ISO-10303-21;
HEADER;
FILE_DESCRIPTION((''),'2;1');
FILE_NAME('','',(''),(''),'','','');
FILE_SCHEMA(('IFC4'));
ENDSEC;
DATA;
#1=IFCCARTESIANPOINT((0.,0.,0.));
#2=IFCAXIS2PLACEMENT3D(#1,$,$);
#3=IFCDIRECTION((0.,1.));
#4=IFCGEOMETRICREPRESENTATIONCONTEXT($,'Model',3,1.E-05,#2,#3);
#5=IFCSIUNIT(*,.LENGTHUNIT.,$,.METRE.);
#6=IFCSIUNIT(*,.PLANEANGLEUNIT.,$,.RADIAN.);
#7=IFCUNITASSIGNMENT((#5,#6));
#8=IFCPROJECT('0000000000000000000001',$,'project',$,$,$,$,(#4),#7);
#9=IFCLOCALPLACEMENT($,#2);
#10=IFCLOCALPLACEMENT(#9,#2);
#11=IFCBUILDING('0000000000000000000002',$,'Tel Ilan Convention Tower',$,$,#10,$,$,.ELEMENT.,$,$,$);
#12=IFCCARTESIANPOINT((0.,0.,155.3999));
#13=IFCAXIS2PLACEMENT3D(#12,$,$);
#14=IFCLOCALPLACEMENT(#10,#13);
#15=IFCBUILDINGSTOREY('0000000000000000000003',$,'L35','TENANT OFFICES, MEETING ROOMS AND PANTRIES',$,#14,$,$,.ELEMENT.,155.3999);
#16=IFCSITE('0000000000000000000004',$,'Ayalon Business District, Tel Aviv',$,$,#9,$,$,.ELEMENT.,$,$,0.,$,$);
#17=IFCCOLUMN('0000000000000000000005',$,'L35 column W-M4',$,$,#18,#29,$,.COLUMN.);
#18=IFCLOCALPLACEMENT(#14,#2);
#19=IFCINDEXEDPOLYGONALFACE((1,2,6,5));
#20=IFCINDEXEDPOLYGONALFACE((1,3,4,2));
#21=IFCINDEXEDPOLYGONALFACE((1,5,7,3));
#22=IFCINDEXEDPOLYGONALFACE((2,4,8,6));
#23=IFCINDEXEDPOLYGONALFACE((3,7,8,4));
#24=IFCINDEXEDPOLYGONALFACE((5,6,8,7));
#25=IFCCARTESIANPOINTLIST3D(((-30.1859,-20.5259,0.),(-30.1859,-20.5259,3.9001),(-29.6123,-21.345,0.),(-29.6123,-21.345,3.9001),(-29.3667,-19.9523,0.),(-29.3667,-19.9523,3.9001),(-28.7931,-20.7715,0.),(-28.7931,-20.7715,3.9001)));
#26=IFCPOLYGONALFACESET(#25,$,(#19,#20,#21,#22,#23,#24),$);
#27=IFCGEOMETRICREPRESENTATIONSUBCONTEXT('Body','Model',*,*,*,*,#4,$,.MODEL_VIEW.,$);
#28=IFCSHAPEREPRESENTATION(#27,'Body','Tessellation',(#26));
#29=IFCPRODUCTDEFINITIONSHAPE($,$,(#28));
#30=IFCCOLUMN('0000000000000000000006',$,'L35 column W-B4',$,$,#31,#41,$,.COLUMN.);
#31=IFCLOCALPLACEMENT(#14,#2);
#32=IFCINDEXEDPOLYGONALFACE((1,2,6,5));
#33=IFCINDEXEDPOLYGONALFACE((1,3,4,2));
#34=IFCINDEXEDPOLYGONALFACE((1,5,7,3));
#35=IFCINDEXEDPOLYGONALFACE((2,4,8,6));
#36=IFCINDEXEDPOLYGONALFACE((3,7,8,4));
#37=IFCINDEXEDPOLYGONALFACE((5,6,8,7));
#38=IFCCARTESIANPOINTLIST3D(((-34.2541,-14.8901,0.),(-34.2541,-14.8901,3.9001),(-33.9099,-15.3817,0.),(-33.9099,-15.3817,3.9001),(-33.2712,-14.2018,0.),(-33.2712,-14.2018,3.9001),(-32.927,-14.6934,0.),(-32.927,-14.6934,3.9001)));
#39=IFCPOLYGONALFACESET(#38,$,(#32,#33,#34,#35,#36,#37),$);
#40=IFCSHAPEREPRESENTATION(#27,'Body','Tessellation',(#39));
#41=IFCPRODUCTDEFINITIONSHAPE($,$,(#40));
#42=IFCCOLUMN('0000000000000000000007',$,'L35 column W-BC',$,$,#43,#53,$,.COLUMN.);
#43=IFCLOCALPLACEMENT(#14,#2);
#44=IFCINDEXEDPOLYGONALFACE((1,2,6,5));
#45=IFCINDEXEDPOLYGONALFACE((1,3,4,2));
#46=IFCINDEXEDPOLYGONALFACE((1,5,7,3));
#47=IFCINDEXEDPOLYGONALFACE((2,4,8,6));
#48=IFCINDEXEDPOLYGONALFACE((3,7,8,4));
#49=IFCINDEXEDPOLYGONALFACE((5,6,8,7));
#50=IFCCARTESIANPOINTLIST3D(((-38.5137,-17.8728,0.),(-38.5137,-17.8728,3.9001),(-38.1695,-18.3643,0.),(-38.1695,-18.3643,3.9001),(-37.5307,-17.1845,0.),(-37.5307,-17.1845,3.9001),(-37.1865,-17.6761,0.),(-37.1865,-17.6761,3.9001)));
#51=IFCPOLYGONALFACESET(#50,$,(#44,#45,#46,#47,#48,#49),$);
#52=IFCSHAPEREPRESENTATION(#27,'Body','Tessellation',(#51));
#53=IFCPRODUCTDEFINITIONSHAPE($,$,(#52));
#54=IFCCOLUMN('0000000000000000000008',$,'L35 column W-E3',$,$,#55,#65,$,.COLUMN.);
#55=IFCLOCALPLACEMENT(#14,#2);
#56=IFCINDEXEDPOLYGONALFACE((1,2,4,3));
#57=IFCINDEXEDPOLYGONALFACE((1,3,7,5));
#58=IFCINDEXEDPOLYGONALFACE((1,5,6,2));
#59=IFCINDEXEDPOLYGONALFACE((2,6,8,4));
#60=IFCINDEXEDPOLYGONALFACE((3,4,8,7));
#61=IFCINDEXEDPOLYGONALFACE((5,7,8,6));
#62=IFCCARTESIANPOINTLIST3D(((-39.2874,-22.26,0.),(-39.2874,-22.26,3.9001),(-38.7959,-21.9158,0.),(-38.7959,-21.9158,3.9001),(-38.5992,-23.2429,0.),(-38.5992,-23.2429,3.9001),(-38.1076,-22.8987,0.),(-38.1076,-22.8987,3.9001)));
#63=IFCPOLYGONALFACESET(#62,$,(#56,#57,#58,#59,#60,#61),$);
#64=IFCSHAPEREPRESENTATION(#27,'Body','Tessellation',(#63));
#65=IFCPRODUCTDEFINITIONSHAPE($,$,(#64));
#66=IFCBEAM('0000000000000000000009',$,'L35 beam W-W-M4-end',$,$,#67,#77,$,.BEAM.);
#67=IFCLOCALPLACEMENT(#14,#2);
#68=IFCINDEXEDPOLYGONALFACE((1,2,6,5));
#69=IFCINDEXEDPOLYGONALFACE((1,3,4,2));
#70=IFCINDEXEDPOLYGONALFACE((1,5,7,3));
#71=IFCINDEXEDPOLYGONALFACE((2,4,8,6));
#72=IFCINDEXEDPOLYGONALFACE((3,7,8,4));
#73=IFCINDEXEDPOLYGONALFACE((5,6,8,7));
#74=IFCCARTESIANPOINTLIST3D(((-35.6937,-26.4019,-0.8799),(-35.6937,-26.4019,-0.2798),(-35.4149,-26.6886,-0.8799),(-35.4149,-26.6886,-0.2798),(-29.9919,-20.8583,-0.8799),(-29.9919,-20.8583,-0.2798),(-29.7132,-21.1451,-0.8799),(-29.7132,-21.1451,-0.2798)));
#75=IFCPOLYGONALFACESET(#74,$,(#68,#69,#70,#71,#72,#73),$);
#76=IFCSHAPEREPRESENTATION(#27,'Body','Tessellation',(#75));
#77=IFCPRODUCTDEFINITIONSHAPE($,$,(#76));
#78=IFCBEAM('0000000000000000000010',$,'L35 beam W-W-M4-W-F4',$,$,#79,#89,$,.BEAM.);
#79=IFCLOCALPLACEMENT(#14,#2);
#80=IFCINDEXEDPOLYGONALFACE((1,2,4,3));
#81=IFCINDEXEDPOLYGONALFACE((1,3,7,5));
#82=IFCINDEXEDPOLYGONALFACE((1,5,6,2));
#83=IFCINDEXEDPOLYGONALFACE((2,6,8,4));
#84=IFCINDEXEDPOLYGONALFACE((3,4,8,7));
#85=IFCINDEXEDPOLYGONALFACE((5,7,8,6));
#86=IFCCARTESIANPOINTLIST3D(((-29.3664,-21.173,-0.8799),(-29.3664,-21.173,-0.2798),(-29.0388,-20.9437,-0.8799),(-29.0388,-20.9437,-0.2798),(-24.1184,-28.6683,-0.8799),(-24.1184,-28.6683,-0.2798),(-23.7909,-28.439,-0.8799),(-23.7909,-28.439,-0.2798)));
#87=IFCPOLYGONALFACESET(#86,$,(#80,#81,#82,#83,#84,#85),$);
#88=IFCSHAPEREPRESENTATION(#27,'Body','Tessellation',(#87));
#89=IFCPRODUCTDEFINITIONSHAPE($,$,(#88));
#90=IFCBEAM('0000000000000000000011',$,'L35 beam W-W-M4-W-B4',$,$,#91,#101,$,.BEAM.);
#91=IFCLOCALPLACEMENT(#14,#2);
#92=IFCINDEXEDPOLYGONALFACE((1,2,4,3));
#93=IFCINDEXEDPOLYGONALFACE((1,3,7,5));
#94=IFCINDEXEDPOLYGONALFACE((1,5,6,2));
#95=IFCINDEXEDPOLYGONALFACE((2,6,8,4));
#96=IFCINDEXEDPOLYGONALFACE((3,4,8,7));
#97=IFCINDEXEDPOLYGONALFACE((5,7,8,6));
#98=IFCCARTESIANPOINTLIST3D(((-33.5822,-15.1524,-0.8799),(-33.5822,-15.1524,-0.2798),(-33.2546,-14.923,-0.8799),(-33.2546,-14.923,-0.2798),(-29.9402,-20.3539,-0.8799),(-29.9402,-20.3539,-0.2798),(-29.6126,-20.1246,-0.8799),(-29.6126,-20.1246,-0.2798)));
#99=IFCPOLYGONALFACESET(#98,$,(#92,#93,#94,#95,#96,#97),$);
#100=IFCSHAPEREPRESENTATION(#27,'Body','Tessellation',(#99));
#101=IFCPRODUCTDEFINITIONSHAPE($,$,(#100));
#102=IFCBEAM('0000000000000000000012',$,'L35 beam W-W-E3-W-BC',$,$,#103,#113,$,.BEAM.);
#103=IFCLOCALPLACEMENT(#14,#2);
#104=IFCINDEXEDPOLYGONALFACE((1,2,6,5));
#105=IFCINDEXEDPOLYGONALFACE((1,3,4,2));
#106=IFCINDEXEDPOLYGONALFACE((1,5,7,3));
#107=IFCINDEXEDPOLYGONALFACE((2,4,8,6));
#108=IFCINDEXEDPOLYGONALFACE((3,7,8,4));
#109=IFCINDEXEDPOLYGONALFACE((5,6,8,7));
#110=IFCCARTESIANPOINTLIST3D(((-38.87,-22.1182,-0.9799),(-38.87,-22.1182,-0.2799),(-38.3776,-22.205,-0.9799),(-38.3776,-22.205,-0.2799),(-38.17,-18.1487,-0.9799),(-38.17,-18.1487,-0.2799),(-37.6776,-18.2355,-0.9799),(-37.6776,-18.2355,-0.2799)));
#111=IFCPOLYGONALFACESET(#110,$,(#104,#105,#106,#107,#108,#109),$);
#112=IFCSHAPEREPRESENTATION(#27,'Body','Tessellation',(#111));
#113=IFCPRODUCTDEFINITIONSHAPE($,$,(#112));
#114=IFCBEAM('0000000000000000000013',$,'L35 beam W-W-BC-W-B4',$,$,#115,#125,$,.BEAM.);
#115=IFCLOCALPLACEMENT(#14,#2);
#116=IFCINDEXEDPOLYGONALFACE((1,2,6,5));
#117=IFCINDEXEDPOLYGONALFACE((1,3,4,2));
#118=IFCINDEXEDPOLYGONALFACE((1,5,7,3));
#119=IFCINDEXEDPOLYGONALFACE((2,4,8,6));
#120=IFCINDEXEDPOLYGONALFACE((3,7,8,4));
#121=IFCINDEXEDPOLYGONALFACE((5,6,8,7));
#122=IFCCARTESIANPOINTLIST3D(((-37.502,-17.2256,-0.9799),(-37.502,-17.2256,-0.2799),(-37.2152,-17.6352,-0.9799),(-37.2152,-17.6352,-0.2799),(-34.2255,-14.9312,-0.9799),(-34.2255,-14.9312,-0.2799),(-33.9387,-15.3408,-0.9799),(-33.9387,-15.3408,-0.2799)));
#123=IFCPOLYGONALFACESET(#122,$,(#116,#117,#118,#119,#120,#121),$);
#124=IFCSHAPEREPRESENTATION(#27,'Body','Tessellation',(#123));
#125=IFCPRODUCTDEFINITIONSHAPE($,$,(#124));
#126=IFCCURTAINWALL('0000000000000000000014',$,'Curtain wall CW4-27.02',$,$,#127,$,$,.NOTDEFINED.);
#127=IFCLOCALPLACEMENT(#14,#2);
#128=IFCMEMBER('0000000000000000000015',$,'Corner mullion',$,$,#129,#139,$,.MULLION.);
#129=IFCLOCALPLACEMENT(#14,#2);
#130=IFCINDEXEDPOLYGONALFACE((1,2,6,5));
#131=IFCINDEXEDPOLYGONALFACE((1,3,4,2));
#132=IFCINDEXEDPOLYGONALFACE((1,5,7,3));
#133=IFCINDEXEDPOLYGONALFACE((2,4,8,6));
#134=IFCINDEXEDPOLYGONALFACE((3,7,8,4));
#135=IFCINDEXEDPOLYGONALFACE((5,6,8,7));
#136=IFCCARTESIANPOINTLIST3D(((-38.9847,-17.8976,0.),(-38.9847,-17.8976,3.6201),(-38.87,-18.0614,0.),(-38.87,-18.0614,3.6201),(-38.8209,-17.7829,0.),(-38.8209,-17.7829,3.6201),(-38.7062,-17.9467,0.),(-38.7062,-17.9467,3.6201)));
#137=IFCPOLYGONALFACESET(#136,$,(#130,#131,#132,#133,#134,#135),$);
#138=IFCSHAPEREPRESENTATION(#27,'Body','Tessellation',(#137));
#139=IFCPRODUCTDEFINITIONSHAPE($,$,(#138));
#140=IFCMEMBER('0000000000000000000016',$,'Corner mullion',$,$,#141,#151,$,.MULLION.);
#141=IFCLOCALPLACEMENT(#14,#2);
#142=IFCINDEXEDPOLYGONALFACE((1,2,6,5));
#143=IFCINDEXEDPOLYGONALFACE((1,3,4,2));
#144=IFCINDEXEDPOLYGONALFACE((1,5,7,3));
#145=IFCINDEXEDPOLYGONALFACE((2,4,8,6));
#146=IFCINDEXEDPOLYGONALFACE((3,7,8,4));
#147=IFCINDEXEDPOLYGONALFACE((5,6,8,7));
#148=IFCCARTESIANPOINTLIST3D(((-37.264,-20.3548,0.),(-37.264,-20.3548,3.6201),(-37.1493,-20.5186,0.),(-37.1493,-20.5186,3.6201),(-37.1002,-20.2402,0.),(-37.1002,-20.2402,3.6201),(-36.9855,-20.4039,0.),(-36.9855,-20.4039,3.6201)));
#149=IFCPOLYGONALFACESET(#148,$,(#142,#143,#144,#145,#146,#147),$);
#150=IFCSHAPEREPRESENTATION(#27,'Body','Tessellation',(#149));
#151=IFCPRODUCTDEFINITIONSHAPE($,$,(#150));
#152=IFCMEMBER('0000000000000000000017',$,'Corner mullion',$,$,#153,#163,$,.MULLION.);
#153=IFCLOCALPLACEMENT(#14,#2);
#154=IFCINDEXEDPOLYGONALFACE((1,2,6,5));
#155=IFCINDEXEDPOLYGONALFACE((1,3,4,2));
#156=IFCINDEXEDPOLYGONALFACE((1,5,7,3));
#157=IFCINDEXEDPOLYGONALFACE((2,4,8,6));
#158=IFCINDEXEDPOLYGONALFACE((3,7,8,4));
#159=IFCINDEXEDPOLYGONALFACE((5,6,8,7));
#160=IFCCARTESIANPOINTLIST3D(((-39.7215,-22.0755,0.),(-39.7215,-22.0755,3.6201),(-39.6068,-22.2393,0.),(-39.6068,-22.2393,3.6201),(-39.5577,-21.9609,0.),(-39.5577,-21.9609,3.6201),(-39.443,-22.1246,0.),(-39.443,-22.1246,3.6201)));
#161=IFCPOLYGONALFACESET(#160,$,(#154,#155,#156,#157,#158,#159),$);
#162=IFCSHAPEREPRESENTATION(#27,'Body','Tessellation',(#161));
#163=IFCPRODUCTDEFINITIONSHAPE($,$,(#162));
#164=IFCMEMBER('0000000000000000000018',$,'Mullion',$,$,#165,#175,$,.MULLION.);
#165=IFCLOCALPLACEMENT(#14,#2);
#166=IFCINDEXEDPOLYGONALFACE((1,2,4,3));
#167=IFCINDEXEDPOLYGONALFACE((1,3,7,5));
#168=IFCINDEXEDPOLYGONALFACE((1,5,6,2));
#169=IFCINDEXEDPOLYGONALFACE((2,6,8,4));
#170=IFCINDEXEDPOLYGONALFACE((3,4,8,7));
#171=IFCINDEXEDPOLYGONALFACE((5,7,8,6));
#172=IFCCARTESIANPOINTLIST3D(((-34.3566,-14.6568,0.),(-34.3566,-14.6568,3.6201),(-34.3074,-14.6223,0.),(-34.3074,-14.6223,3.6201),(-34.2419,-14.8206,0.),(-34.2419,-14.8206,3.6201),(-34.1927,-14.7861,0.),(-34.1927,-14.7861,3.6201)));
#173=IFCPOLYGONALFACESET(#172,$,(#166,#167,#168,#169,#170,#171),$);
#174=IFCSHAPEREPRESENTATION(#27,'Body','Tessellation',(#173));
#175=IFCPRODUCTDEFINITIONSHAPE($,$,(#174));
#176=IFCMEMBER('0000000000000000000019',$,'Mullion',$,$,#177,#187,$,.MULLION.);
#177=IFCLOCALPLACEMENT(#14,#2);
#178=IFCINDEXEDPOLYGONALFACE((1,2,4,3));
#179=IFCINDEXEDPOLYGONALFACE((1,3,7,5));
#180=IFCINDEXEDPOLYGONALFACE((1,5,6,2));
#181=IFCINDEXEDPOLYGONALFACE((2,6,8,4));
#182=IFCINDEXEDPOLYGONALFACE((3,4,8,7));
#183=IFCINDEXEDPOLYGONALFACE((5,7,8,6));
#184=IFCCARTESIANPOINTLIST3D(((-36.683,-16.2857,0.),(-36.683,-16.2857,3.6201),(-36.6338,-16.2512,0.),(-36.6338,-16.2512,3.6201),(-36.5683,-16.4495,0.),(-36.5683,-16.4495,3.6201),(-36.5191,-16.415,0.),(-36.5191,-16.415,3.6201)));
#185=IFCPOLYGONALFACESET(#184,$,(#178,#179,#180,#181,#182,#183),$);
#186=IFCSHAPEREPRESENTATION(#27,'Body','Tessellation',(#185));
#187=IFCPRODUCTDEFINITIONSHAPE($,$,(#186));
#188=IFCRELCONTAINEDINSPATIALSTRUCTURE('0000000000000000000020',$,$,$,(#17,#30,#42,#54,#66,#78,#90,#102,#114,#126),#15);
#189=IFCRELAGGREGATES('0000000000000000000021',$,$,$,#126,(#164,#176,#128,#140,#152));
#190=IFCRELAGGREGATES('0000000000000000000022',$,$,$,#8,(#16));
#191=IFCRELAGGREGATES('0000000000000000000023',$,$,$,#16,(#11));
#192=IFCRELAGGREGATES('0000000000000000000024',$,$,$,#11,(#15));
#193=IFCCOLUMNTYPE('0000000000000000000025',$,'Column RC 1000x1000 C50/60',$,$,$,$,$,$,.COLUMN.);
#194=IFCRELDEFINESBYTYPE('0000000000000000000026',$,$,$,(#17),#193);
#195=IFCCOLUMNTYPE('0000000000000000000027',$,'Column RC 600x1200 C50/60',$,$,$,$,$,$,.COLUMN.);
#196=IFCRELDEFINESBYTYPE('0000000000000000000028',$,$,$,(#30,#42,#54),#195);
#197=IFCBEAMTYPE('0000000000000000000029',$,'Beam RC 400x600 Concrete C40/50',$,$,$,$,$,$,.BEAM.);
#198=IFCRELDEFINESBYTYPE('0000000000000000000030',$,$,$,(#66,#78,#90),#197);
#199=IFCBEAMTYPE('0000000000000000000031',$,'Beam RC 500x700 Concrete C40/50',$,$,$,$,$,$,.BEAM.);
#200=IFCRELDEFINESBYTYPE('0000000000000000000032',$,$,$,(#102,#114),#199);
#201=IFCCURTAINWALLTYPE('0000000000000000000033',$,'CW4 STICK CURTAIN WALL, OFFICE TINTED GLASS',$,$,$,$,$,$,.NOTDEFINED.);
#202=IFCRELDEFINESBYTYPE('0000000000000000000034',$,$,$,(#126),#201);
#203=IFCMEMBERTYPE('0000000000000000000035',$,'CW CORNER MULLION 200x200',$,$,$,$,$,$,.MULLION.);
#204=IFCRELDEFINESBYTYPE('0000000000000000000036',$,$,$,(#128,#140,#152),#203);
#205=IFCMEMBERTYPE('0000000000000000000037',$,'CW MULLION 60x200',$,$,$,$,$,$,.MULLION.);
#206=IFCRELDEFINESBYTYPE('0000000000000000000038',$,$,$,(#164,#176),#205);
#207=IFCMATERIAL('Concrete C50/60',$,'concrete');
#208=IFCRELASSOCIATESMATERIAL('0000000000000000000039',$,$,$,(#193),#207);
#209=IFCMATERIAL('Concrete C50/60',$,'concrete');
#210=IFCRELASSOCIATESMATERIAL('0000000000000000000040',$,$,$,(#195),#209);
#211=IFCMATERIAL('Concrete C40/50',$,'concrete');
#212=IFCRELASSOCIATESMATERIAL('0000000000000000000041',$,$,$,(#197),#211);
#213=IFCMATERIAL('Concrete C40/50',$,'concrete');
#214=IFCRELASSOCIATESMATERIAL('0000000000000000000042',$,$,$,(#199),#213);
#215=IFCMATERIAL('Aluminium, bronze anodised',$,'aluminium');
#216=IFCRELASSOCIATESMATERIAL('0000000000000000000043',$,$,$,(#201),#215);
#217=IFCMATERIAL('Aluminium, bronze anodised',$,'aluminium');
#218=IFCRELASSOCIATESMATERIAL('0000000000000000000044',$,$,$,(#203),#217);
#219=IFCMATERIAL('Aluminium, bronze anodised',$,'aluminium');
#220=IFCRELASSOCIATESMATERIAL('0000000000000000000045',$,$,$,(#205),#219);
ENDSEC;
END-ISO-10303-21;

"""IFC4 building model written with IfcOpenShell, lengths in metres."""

from ifc_helpers import new_model, si_unit, direction, frame, origin, origin_2d, place, context, subcontext, project, spatial, rectangle, extrude, material, material_profile, profile_set, type_object, element, aggregate, save


model = new_model("IFC4")

# Units and contexts
model_context = context("Model", 3, precision=1e-05, world=origin(), true_north=direction((0.0, 1.0)))
body_context = subcontext(model_context, "Body", "Model", "MODEL_VIEW")
ifc_project = project(units=[si_unit("LENGTHUNIT", "METRE"), si_unit("PLANEANGLEUNIT", "RADIAN")], contexts=[model_context])

# Site, building, storey
site_placement = place(None, origin())
site = spatial("IfcSite", under=ifc_project, at=site_placement, Name="Ayalon Business District, Tel Aviv", CompositionType="ELEMENT", RefElevation=0.0)
building_placement = place(site_placement, origin())
building = spatial("IfcBuilding", under=site, at=building_placement, Name="Tel Ilan Convention Tower", CompositionType="ELEMENT")
storey_placement = place(building_placement, frame((0.0, 0.0, 155.3999)))
storey = spatial("IfcBuildingStorey", under=building, at=storey_placement, Name="L35", Description="TENANT OFFICES, MEETING ROOMS AND PANTRIES", CompositionType="ELEMENT", Elevation=155.3999)

# Columns
ifc_material_1 = material(Name="Concrete C50/60", Category="concrete")
ifc_material_profile_1 = material_profile(ifc_material_1, rectangle(XDim=1.0, YDim=1.0, at=origin_2d()), Name="RC 1000x1000")
ifc_profile_set_1 = profile_set([ifc_material_profile_1], Name="Concrete C50/60")
column_type_1 = type_object("IfcColumnType", Name="Column RC 1000x1000 C50/60", PredefinedType="COLUMN", material=ifc_profile_set_1)
column_placement = place(storey_placement, frame((-29.4895, -20.6487, 0.0), z_axis=(0.0, 0.0, 1.0), x_axis=(-0.819152, -0.573576, 0.0)))
element("IfcColumn", 1, at=column_placement, inside=storey, type_object=column_type_1, Name="L35 column W-M4", PredefinedType="COLUMN", context=body_context, shape_type="SweptSolid", body=[
    extrude(rectangle(XDim=1.0, YDim=1.0, at=origin_2d()), origin(), (0.0, 0.0, 1.0), 3.9001),
])
ifc_material_2 = material(Name="Concrete C50/60", Category="concrete")
ifc_material_profile_2 = material_profile(ifc_material_2, rectangle(XDim=1.2, YDim=0.6001, at=origin_2d()), Name="RC 600x1200")
ifc_profile_set_2 = profile_set([ifc_material_profile_2], Name="Concrete C50/60")
column_type_2 = type_object("IfcColumnType", Name="Column RC 600x1200 C50/60", PredefinedType="COLUMN", material=ifc_profile_set_2)
for number, where, z_axis, x_axis, name in (
    (2, (-33.5906, -14.7917, 0.0), (0.0, 0.0, 1.0), (-0.819152, -0.573576, 0.0), "L35 column W-B4"),
    (3, (-37.8501, -17.7744, 0.0), (0.0, 0.0, 1.0), (-0.819152, -0.573576, 0.0), "L35 column W-BC"),
    (4, (-38.6975, -22.5793, 0.0), (0.0, 0.0, 1.0), (-0.573576, 0.819152, 0.0), "L35 column W-E3"),
):
    element("IfcColumn", number, at=place(storey_placement, frame(where, z_axis=z_axis, x_axis=x_axis)), inside=storey, type_object=column_type_2, Name=name, PredefinedType="COLUMN", context=body_context, shape_type="SweptSolid", body=[
        extrude(rectangle(XDim=1.2, YDim=0.6001, at=origin_2d()), origin(), (0.0, 0.0, 1.0), 3.9001),
    ])

# Beams
ifc_material_3 = material(Name="Concrete C40/50", Category="concrete")
ifc_material_profile_3 = material_profile(ifc_material_3, rectangle(XDim=0.3999, YDim=0.6001, at=origin_2d()), Name="RC 400x600")
ifc_profile_set_3 = profile_set([ifc_material_profile_3], Name="Concrete C40/50")
beam_type_1 = type_object("IfcBeamType", Name="Beam RC 400x600 Concrete C40/50", PredefinedType="BEAM", material=ifc_profile_set_3)
beam_1_placement = place(storey_placement, frame((-29.8525, -21.0017, -0.5798), z_axis=(-0.716984, -0.69709, 0.0), x_axis=(0.69709, -0.716984, 0.0)))
element("IfcBeam", 5, at=beam_1_placement, inside=storey, type_object=beam_type_1, Name="L35 beam W-W-M4-end", PredefinedType="BEAM", context=body_context, shape_type="SweptSolid", body=[
    extrude(rectangle(XDim=0.3999, YDim=0.6001, at=origin_2d()), origin(), (0.0, 0.0, 1.0), 7.9524),
])
beam_2_placement = place(storey_placement, frame((-29.2026, -21.0583, -0.5798), z_axis=(0.573557, -0.819165, 0.0), x_axis=(0.819165, 0.573557, 0.0)))
element("IfcBeam", 6, at=beam_2_placement, inside=storey, type_object=beam_type_1, Name="L35 beam W-W-M4-W-F4", PredefinedType="BEAM", context=body_context, shape_type="SweptSolid", body=[
    extrude(rectangle(XDim=0.3999, YDim=0.6001, at=origin_2d()), origin(), (0.0, 0.0, 1.0), 9.1499),
])
beam_3_placement = place(storey_placement, frame((-29.7764, -20.2393, -0.5798), z_axis=(-0.57356, 0.819163, 0.0), x_axis=(-0.819163, -0.57356, 0.0)))
element("IfcBeam", 7, at=beam_3_placement, inside=storey, type_object=beam_type_1, Name="L35 beam W-W-M4-W-B4", PredefinedType="BEAM", context=body_context, shape_type="SweptSolid", body=[
    extrude(rectangle(XDim=0.3999, YDim=0.6001, at=origin_2d()), origin(), (0.0, 0.0, 1.0), 6.3499),
])
ifc_material_4 = material(Name="Concrete C40/50", Category="concrete")
ifc_material_profile_4 = material_profile(ifc_material_4, rectangle(XDim=0.5, YDim=0.7, at=origin_2d()), Name="RC 500x700")
ifc_profile_set_4 = profile_set([ifc_material_profile_4], Name="Concrete C40/50")
beam_type_2 = type_object("IfcBeamType", Name="Beam RC 500x700 Concrete C40/50", PredefinedType="BEAM", material=ifc_profile_set_4)
beam_4_placement = place(storey_placement, frame((-38.6238, -22.1616, -0.6299), z_axis=(0.173654, 0.984807, 0.0), x_axis=(-0.984807, 0.173654, 0.0)))
element("IfcBeam", 8, at=beam_4_placement, inside=storey, type_object=beam_type_2, Name="L35 beam W-W-E3-W-BC", PredefinedType="BEAM", context=body_context, shape_type="SweptSolid", body=[
    extrude(rectangle(XDim=0.5, YDim=0.7, at=origin_2d()), origin(), (0.0, 0.0, 1.0), 4.0308),
])
beam_5_placement = place(storey_placement, frame((-37.3586, -17.4304, -0.6299), z_axis=(0.819137, 0.573598, 0.0), x_axis=(-0.573598, 0.819137, 0.0)))
element("IfcBeam", 9, at=beam_5_placement, inside=storey, type_object=beam_type_2, Name="L35 beam W-W-BC-W-B4", PredefinedType="BEAM", context=body_context, shape_type="SweptSolid", body=[
    extrude(rectangle(XDim=0.5, YDim=0.7, at=origin_2d()), origin(), (0.0, 0.0, 1.0), 4.0),
])

# Curtain wall, members
ifc_material_5 = material(Name="Aluminium, bronze anodised", Category="aluminium")
curtain_wall_type = type_object("IfcCurtainWallType", Name="CW4 STICK CURTAIN WALL, OFFICE TINTED GLASS", PredefinedType="NOTDEFINED", material=ifc_material_5)
curtain_wall_placement = place(storey_placement, origin())
curtain_wall = element("IfcCurtainWall", 10, at=curtain_wall_placement, inside=storey, type_object=curtain_wall_type, Name="Curtain wall CW4-27.02", PredefinedType="NOTDEFINED")
ifc_material_6 = material(Name="Aluminium, bronze anodised", Category="aluminium")
ifc_material_profile_5 = material_profile(ifc_material_6, rectangle(XDim=0.2, YDim=0.2, at=origin_2d()), Name="CW CORNER MULLION 200x200")
ifc_profile_set_5 = profile_set([ifc_material_profile_5], Name="Aluminium, bronze anodised")
member_type_1 = type_object("IfcMemberType", Name="CW CORNER MULLION 200x200", PredefinedType="MULLION", material=ifc_profile_set_5)
member_1_placement = place(storey_placement, frame((-38.8455, -17.9221, 0.0), z_axis=(0.0, 0.0, 1.0), x_axis=(-0.819152, -0.573576, 0.0)))
member_1 = element("IfcMember", 11, at=member_1_placement, type_object=member_type_1, Name="Corner mullion", PredefinedType="MULLION", context=body_context, shape_type="SweptSolid", body=[
    extrude(rectangle(XDim=0.2, YDim=0.2, at=origin_2d()), origin(), (0.0, 0.0, 1.0), 3.6201),
])
member_2_placement = place(storey_placement, frame((-37.1248, -20.3794, 0.0), z_axis=(0.0, 0.0, 1.0), x_axis=(0.573576, -0.819152, 0.0)))
member_2 = element("IfcMember", 12, at=member_2_placement, type_object=member_type_1, Name="Corner mullion", PredefinedType="MULLION", context=body_context, shape_type="SweptSolid", body=[
    extrude(rectangle(XDim=0.2, YDim=0.2, at=origin_2d()), origin(), (0.0, 0.0, 1.0), 3.6201),
])
member_3_placement = place(storey_placement, frame((-39.5823, -22.1001, 0.0), z_axis=(0.0, 0.0, 1.0), x_axis=(-0.819152, -0.573576, 0.0)))
member_3 = element("IfcMember", 13, at=member_3_placement, type_object=member_type_1, Name="Corner mullion", PredefinedType="MULLION", context=body_context, shape_type="SweptSolid", body=[
    extrude(rectangle(XDim=0.2, YDim=0.2, at=origin_2d()), origin(), (0.0, 0.0, 1.0), 3.6201),
])
ifc_material_7 = material(Name="Aluminium, bronze anodised", Category="aluminium")
ifc_material_profile_6 = material_profile(ifc_material_7, rectangle(XDim=0.0601, YDim=0.2, at=origin_2d()), Name="CW MULLION 60x200")
ifc_profile_set_6 = profile_set([ifc_material_profile_6], Name="Aluminium, bronze anodised")
member_type_2 = type_object("IfcMemberType", Name="CW MULLION 60x200", PredefinedType="MULLION", material=ifc_profile_set_6)
member_4_placement = place(storey_placement, frame((-34.2747, -14.7214, 0.0), z_axis=(0.0, 0.0, 1.0), x_axis=(-0.819152, -0.573576, 0.0)))
member_4 = element("IfcMember", 14, at=member_4_placement, type_object=member_type_2, Name="Mullion", PredefinedType="MULLION", context=body_context, shape_type="SweptSolid", body=[
    extrude(rectangle(XDim=0.0601, YDim=0.2, at=origin_2d()), origin(), (0.0, 0.0, 1.0), 3.6201),
])
member_5_placement = place(storey_placement, frame((-36.6011, -16.3503, 0.0), z_axis=(0.0, 0.0, 1.0), x_axis=(-0.819152, -0.573576, 0.0)))
member_5 = element("IfcMember", 15, at=member_5_placement, type_object=member_type_2, Name="Mullion", PredefinedType="MULLION", context=body_context, shape_type="SweptSolid", body=[
    extrude(rectangle(XDim=0.0601, YDim=0.2, at=origin_2d()), origin(), (0.0, 0.0, 1.0), 3.6201),
])
aggregate(curtain_wall, [member_4, member_5, member_1, member_2, member_3])

save(model, "model.ifc")
